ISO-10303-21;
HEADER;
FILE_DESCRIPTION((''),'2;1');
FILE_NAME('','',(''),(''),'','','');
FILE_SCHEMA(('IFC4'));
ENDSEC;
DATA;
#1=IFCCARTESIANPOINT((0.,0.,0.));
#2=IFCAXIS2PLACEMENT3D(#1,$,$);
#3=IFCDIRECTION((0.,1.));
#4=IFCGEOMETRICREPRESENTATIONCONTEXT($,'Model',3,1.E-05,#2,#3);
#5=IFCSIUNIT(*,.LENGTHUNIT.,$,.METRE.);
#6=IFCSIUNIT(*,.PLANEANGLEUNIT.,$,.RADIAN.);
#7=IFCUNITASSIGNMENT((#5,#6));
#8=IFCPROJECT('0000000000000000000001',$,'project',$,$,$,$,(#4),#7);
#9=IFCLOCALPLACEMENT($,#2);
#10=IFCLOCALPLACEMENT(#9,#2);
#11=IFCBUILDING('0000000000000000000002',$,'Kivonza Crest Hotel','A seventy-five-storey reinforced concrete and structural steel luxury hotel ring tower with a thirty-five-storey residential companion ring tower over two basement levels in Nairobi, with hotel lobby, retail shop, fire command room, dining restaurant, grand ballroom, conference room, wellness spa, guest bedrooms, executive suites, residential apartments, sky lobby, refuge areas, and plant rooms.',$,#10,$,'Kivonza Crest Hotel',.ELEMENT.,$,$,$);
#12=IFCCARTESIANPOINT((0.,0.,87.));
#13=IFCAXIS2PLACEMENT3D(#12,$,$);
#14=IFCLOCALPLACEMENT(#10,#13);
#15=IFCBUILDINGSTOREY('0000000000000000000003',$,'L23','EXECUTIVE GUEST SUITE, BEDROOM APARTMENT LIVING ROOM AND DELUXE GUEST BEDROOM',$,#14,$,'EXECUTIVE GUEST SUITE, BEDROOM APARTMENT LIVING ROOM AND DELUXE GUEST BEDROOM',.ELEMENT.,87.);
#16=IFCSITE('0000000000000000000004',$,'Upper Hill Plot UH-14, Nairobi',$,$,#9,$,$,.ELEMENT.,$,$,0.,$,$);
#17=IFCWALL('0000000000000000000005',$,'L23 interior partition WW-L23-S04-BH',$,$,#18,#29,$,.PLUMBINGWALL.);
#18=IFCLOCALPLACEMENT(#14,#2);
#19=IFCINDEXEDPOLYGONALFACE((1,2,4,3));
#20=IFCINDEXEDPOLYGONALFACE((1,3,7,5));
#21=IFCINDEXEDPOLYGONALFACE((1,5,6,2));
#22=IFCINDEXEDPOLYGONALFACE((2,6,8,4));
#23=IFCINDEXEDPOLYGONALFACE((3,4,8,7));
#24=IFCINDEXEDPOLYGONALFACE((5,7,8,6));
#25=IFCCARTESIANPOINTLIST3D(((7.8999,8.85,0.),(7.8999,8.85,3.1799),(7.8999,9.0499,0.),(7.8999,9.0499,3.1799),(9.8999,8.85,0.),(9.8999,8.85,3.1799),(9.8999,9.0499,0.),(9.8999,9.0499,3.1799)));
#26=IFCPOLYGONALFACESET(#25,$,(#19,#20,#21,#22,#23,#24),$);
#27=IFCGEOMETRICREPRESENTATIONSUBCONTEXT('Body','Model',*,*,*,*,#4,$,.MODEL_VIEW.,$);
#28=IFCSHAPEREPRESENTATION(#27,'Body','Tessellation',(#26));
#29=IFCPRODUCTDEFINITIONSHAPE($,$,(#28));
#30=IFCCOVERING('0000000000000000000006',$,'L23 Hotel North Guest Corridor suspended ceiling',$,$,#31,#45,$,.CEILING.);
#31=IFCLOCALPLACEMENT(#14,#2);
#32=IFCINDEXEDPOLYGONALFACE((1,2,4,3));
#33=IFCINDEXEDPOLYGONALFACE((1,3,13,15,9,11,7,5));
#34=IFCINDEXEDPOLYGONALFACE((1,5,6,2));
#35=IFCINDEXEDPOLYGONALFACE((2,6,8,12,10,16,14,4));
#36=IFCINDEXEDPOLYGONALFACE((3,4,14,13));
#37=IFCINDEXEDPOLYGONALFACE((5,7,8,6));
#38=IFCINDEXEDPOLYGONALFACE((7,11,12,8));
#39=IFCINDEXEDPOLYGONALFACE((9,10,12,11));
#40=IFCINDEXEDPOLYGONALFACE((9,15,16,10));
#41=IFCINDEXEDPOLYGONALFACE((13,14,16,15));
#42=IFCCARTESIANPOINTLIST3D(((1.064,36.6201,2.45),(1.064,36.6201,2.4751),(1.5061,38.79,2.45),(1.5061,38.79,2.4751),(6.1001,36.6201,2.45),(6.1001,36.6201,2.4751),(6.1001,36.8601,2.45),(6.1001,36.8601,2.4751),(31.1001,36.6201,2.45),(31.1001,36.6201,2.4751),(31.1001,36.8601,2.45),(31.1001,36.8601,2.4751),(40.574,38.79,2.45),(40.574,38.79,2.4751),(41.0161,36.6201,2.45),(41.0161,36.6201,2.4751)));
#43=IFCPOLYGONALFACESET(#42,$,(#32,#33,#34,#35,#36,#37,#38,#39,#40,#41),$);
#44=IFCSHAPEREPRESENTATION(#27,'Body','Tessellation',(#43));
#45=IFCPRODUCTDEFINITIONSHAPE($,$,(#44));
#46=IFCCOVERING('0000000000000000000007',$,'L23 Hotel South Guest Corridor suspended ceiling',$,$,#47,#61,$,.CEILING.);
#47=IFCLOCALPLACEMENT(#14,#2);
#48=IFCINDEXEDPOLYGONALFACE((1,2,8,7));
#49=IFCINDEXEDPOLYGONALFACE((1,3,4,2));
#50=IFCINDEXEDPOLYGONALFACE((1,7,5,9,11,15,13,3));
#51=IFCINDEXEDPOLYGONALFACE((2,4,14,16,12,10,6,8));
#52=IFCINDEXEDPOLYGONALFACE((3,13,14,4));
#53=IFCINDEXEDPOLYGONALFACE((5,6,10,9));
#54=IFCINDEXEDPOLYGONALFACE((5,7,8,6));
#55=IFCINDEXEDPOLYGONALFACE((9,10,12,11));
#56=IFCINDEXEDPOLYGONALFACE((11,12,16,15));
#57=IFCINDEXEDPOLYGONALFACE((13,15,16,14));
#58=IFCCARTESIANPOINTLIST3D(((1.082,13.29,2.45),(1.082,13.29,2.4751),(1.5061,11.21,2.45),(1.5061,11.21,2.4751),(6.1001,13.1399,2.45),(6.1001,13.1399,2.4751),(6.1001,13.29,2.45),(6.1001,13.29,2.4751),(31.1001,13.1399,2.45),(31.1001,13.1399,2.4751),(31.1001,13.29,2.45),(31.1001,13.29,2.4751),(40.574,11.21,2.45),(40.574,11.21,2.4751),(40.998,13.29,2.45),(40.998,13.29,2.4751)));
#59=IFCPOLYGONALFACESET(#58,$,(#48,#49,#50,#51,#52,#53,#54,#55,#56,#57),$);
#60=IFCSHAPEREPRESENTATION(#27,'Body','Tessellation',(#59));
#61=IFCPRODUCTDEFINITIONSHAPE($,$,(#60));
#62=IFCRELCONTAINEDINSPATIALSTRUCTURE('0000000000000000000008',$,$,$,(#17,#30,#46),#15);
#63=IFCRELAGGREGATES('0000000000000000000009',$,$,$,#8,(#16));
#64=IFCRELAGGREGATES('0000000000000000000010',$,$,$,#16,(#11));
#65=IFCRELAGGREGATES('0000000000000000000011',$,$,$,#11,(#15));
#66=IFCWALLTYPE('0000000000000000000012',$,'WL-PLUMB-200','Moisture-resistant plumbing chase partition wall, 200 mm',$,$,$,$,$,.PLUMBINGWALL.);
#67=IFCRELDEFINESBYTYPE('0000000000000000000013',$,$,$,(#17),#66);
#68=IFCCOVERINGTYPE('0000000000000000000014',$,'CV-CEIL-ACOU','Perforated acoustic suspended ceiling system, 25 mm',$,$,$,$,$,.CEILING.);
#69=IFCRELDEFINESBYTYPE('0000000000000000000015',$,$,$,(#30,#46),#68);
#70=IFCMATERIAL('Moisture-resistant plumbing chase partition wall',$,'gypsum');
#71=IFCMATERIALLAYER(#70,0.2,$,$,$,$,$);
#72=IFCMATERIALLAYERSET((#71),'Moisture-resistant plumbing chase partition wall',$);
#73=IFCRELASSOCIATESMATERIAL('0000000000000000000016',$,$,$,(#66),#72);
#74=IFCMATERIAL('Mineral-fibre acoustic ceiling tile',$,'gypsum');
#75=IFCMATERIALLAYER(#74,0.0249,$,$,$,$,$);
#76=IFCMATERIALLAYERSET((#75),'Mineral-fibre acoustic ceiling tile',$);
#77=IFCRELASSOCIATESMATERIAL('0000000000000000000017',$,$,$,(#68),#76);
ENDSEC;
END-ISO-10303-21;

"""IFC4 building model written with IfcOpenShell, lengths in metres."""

from ifc_helpers import new_model, si_unit, direction, frame, frame_2d, origin, place, context, subcontext, project, spatial, polyline, rectangle, outline, extrude, material, layer, layer_set, type_object, element, save


model = new_model("IFC4")

# Units and contexts
model_context = context("Model", 3, precision=1e-05, world=origin(), true_north=direction((0.0, 1.0)))
body_context = subcontext(model_context, "Body", "Model", "MODEL_VIEW")
ifc_project = project(units=[si_unit("LENGTHUNIT", "METRE"), si_unit("PLANEANGLEUNIT", "RADIAN")], contexts=[model_context])

# Site, building, storey
site_placement = place(None, origin())
site = spatial("IfcSite", under=ifc_project, at=site_placement, Name="Upper Hill Plot UH-14, Nairobi", CompositionType="ELEMENT", RefElevation=0.0)
building_placement = place(site_placement, origin())
building = spatial("IfcBuilding", under=site, at=building_placement, Name="Kivonza Crest Hotel", Description="A seventy-five-storey reinforced concrete and structural steel luxury hotel ring tower with a thirty-five-storey residential companion ring tower over two basement levels in Nairobi, with hotel lobby, retail shop, fire command room, dining restaurant, grand ballroom, conference room, wellness spa, guest bedrooms, executive suites, residential apartments, sky lobby, refuge areas, and plant rooms.", LongName="Kivonza Crest Hotel", CompositionType="ELEMENT")
storey_placement = place(building_placement, frame((0.0, 0.0, 87.0)))
storey = spatial("IfcBuildingStorey", under=building, at=storey_placement, Name="L23", Description="EXECUTIVE GUEST SUITE, BEDROOM APARTMENT LIVING ROOM AND DELUXE GUEST BEDROOM", LongName="EXECUTIVE GUEST SUITE, BEDROOM APARTMENT LIVING ROOM AND DELUXE GUEST BEDROOM", CompositionType="ELEMENT", Elevation=87.0)

# Shared definitions
ifc_material_1 = material(Name="Moisture-resistant plumbing chase partition wall", Category="gypsum")
ifc_layer_1 = layer(ifc_material_1, 0.2)
ifc_layer_set_1 = layer_set([ifc_layer_1], Name="Moisture-resistant plumbing chase partition wall")
wall_type_1 = type_object("IfcWallType", Name="WL-PLUMB-200", Description="Moisture-resistant plumbing chase partition wall, 200 mm", PredefinedType="PLUMBINGWALL", material=ifc_layer_set_1)

# Wall
wall_1_placement = place(storey_placement, frame((7.8999, 8.95, 0.0), z_axis=(0.0, 0.0, 1.0), x_axis=(1.0, 0.0, 0.0)))
element("IfcWall", 1, at=wall_1_placement, inside=storey, type_object=wall_type_1, Name="L23 interior partition WW-L23-S04-BH", PredefinedType="PLUMBINGWALL", context=body_context, shape_type="SweptSolid", body=[
    extrude(rectangle(XDim=2.0, YDim=0.2, at=frame_2d((1.0, 0.0))), origin(), (0.0, 0.0, 1.0), 3.1799),
])

# Coverings
ifc_material_2 = material(Name="Mineral-fibre acoustic ceiling tile", Category="gypsum")
ifc_layer_2 = layer(ifc_material_2, 0.0249)
ifc_layer_set_2 = layer_set([ifc_layer_2], Name="Mineral-fibre acoustic ceiling tile")
covering_type = type_object("IfcCoveringType", Name="CV-CEIL-ACOU", Description="Perforated acoustic suspended ceiling system, 25 mm", PredefinedType="CEILING", material=ifc_layer_set_2)
covering_1_placement = place(storey_placement, frame((0.0, 0.0, 2.45)))
element("IfcCovering", 2, at=covering_1_placement, inside=storey, type_object=covering_type, Name="L23 Hotel North Guest Corridor suspended ceiling", PredefinedType="CEILING", context=body_context, shape_type="SweptSolid", body=[
    extrude(outline(polyline([(1.5061, 38.79), (1.064, 36.6201), (6.1001, 36.6201), (6.1001, 36.8601), (31.1001, 36.8601), (31.1001, 36.6201), (41.0161, 36.6201), (40.574, 38.79), (1.5061, 38.79)])), origin(), (0.0, 0.0, 1.0), 0.0251),
])
covering_2_placement = place(storey_placement, frame((0.0, 0.0, 2.45)))
element("IfcCovering", 3, at=covering_2_placement, inside=storey, type_object=covering_type, Name="L23 Hotel South Guest Corridor suspended ceiling", PredefinedType="CEILING", context=body_context, shape_type="SweptSolid", body=[
    extrude(outline(polyline([(40.574, 11.21), (40.998, 13.29), (31.1001, 13.29), (31.1001, 13.1399), (6.1001, 13.1399), (6.1001, 13.29), (1.082, 13.29), (1.5061, 11.21), (40.574, 11.21)])), origin(), (0.0, 0.0, 1.0), 0.0251),
])

save(model, "model.ifc")
